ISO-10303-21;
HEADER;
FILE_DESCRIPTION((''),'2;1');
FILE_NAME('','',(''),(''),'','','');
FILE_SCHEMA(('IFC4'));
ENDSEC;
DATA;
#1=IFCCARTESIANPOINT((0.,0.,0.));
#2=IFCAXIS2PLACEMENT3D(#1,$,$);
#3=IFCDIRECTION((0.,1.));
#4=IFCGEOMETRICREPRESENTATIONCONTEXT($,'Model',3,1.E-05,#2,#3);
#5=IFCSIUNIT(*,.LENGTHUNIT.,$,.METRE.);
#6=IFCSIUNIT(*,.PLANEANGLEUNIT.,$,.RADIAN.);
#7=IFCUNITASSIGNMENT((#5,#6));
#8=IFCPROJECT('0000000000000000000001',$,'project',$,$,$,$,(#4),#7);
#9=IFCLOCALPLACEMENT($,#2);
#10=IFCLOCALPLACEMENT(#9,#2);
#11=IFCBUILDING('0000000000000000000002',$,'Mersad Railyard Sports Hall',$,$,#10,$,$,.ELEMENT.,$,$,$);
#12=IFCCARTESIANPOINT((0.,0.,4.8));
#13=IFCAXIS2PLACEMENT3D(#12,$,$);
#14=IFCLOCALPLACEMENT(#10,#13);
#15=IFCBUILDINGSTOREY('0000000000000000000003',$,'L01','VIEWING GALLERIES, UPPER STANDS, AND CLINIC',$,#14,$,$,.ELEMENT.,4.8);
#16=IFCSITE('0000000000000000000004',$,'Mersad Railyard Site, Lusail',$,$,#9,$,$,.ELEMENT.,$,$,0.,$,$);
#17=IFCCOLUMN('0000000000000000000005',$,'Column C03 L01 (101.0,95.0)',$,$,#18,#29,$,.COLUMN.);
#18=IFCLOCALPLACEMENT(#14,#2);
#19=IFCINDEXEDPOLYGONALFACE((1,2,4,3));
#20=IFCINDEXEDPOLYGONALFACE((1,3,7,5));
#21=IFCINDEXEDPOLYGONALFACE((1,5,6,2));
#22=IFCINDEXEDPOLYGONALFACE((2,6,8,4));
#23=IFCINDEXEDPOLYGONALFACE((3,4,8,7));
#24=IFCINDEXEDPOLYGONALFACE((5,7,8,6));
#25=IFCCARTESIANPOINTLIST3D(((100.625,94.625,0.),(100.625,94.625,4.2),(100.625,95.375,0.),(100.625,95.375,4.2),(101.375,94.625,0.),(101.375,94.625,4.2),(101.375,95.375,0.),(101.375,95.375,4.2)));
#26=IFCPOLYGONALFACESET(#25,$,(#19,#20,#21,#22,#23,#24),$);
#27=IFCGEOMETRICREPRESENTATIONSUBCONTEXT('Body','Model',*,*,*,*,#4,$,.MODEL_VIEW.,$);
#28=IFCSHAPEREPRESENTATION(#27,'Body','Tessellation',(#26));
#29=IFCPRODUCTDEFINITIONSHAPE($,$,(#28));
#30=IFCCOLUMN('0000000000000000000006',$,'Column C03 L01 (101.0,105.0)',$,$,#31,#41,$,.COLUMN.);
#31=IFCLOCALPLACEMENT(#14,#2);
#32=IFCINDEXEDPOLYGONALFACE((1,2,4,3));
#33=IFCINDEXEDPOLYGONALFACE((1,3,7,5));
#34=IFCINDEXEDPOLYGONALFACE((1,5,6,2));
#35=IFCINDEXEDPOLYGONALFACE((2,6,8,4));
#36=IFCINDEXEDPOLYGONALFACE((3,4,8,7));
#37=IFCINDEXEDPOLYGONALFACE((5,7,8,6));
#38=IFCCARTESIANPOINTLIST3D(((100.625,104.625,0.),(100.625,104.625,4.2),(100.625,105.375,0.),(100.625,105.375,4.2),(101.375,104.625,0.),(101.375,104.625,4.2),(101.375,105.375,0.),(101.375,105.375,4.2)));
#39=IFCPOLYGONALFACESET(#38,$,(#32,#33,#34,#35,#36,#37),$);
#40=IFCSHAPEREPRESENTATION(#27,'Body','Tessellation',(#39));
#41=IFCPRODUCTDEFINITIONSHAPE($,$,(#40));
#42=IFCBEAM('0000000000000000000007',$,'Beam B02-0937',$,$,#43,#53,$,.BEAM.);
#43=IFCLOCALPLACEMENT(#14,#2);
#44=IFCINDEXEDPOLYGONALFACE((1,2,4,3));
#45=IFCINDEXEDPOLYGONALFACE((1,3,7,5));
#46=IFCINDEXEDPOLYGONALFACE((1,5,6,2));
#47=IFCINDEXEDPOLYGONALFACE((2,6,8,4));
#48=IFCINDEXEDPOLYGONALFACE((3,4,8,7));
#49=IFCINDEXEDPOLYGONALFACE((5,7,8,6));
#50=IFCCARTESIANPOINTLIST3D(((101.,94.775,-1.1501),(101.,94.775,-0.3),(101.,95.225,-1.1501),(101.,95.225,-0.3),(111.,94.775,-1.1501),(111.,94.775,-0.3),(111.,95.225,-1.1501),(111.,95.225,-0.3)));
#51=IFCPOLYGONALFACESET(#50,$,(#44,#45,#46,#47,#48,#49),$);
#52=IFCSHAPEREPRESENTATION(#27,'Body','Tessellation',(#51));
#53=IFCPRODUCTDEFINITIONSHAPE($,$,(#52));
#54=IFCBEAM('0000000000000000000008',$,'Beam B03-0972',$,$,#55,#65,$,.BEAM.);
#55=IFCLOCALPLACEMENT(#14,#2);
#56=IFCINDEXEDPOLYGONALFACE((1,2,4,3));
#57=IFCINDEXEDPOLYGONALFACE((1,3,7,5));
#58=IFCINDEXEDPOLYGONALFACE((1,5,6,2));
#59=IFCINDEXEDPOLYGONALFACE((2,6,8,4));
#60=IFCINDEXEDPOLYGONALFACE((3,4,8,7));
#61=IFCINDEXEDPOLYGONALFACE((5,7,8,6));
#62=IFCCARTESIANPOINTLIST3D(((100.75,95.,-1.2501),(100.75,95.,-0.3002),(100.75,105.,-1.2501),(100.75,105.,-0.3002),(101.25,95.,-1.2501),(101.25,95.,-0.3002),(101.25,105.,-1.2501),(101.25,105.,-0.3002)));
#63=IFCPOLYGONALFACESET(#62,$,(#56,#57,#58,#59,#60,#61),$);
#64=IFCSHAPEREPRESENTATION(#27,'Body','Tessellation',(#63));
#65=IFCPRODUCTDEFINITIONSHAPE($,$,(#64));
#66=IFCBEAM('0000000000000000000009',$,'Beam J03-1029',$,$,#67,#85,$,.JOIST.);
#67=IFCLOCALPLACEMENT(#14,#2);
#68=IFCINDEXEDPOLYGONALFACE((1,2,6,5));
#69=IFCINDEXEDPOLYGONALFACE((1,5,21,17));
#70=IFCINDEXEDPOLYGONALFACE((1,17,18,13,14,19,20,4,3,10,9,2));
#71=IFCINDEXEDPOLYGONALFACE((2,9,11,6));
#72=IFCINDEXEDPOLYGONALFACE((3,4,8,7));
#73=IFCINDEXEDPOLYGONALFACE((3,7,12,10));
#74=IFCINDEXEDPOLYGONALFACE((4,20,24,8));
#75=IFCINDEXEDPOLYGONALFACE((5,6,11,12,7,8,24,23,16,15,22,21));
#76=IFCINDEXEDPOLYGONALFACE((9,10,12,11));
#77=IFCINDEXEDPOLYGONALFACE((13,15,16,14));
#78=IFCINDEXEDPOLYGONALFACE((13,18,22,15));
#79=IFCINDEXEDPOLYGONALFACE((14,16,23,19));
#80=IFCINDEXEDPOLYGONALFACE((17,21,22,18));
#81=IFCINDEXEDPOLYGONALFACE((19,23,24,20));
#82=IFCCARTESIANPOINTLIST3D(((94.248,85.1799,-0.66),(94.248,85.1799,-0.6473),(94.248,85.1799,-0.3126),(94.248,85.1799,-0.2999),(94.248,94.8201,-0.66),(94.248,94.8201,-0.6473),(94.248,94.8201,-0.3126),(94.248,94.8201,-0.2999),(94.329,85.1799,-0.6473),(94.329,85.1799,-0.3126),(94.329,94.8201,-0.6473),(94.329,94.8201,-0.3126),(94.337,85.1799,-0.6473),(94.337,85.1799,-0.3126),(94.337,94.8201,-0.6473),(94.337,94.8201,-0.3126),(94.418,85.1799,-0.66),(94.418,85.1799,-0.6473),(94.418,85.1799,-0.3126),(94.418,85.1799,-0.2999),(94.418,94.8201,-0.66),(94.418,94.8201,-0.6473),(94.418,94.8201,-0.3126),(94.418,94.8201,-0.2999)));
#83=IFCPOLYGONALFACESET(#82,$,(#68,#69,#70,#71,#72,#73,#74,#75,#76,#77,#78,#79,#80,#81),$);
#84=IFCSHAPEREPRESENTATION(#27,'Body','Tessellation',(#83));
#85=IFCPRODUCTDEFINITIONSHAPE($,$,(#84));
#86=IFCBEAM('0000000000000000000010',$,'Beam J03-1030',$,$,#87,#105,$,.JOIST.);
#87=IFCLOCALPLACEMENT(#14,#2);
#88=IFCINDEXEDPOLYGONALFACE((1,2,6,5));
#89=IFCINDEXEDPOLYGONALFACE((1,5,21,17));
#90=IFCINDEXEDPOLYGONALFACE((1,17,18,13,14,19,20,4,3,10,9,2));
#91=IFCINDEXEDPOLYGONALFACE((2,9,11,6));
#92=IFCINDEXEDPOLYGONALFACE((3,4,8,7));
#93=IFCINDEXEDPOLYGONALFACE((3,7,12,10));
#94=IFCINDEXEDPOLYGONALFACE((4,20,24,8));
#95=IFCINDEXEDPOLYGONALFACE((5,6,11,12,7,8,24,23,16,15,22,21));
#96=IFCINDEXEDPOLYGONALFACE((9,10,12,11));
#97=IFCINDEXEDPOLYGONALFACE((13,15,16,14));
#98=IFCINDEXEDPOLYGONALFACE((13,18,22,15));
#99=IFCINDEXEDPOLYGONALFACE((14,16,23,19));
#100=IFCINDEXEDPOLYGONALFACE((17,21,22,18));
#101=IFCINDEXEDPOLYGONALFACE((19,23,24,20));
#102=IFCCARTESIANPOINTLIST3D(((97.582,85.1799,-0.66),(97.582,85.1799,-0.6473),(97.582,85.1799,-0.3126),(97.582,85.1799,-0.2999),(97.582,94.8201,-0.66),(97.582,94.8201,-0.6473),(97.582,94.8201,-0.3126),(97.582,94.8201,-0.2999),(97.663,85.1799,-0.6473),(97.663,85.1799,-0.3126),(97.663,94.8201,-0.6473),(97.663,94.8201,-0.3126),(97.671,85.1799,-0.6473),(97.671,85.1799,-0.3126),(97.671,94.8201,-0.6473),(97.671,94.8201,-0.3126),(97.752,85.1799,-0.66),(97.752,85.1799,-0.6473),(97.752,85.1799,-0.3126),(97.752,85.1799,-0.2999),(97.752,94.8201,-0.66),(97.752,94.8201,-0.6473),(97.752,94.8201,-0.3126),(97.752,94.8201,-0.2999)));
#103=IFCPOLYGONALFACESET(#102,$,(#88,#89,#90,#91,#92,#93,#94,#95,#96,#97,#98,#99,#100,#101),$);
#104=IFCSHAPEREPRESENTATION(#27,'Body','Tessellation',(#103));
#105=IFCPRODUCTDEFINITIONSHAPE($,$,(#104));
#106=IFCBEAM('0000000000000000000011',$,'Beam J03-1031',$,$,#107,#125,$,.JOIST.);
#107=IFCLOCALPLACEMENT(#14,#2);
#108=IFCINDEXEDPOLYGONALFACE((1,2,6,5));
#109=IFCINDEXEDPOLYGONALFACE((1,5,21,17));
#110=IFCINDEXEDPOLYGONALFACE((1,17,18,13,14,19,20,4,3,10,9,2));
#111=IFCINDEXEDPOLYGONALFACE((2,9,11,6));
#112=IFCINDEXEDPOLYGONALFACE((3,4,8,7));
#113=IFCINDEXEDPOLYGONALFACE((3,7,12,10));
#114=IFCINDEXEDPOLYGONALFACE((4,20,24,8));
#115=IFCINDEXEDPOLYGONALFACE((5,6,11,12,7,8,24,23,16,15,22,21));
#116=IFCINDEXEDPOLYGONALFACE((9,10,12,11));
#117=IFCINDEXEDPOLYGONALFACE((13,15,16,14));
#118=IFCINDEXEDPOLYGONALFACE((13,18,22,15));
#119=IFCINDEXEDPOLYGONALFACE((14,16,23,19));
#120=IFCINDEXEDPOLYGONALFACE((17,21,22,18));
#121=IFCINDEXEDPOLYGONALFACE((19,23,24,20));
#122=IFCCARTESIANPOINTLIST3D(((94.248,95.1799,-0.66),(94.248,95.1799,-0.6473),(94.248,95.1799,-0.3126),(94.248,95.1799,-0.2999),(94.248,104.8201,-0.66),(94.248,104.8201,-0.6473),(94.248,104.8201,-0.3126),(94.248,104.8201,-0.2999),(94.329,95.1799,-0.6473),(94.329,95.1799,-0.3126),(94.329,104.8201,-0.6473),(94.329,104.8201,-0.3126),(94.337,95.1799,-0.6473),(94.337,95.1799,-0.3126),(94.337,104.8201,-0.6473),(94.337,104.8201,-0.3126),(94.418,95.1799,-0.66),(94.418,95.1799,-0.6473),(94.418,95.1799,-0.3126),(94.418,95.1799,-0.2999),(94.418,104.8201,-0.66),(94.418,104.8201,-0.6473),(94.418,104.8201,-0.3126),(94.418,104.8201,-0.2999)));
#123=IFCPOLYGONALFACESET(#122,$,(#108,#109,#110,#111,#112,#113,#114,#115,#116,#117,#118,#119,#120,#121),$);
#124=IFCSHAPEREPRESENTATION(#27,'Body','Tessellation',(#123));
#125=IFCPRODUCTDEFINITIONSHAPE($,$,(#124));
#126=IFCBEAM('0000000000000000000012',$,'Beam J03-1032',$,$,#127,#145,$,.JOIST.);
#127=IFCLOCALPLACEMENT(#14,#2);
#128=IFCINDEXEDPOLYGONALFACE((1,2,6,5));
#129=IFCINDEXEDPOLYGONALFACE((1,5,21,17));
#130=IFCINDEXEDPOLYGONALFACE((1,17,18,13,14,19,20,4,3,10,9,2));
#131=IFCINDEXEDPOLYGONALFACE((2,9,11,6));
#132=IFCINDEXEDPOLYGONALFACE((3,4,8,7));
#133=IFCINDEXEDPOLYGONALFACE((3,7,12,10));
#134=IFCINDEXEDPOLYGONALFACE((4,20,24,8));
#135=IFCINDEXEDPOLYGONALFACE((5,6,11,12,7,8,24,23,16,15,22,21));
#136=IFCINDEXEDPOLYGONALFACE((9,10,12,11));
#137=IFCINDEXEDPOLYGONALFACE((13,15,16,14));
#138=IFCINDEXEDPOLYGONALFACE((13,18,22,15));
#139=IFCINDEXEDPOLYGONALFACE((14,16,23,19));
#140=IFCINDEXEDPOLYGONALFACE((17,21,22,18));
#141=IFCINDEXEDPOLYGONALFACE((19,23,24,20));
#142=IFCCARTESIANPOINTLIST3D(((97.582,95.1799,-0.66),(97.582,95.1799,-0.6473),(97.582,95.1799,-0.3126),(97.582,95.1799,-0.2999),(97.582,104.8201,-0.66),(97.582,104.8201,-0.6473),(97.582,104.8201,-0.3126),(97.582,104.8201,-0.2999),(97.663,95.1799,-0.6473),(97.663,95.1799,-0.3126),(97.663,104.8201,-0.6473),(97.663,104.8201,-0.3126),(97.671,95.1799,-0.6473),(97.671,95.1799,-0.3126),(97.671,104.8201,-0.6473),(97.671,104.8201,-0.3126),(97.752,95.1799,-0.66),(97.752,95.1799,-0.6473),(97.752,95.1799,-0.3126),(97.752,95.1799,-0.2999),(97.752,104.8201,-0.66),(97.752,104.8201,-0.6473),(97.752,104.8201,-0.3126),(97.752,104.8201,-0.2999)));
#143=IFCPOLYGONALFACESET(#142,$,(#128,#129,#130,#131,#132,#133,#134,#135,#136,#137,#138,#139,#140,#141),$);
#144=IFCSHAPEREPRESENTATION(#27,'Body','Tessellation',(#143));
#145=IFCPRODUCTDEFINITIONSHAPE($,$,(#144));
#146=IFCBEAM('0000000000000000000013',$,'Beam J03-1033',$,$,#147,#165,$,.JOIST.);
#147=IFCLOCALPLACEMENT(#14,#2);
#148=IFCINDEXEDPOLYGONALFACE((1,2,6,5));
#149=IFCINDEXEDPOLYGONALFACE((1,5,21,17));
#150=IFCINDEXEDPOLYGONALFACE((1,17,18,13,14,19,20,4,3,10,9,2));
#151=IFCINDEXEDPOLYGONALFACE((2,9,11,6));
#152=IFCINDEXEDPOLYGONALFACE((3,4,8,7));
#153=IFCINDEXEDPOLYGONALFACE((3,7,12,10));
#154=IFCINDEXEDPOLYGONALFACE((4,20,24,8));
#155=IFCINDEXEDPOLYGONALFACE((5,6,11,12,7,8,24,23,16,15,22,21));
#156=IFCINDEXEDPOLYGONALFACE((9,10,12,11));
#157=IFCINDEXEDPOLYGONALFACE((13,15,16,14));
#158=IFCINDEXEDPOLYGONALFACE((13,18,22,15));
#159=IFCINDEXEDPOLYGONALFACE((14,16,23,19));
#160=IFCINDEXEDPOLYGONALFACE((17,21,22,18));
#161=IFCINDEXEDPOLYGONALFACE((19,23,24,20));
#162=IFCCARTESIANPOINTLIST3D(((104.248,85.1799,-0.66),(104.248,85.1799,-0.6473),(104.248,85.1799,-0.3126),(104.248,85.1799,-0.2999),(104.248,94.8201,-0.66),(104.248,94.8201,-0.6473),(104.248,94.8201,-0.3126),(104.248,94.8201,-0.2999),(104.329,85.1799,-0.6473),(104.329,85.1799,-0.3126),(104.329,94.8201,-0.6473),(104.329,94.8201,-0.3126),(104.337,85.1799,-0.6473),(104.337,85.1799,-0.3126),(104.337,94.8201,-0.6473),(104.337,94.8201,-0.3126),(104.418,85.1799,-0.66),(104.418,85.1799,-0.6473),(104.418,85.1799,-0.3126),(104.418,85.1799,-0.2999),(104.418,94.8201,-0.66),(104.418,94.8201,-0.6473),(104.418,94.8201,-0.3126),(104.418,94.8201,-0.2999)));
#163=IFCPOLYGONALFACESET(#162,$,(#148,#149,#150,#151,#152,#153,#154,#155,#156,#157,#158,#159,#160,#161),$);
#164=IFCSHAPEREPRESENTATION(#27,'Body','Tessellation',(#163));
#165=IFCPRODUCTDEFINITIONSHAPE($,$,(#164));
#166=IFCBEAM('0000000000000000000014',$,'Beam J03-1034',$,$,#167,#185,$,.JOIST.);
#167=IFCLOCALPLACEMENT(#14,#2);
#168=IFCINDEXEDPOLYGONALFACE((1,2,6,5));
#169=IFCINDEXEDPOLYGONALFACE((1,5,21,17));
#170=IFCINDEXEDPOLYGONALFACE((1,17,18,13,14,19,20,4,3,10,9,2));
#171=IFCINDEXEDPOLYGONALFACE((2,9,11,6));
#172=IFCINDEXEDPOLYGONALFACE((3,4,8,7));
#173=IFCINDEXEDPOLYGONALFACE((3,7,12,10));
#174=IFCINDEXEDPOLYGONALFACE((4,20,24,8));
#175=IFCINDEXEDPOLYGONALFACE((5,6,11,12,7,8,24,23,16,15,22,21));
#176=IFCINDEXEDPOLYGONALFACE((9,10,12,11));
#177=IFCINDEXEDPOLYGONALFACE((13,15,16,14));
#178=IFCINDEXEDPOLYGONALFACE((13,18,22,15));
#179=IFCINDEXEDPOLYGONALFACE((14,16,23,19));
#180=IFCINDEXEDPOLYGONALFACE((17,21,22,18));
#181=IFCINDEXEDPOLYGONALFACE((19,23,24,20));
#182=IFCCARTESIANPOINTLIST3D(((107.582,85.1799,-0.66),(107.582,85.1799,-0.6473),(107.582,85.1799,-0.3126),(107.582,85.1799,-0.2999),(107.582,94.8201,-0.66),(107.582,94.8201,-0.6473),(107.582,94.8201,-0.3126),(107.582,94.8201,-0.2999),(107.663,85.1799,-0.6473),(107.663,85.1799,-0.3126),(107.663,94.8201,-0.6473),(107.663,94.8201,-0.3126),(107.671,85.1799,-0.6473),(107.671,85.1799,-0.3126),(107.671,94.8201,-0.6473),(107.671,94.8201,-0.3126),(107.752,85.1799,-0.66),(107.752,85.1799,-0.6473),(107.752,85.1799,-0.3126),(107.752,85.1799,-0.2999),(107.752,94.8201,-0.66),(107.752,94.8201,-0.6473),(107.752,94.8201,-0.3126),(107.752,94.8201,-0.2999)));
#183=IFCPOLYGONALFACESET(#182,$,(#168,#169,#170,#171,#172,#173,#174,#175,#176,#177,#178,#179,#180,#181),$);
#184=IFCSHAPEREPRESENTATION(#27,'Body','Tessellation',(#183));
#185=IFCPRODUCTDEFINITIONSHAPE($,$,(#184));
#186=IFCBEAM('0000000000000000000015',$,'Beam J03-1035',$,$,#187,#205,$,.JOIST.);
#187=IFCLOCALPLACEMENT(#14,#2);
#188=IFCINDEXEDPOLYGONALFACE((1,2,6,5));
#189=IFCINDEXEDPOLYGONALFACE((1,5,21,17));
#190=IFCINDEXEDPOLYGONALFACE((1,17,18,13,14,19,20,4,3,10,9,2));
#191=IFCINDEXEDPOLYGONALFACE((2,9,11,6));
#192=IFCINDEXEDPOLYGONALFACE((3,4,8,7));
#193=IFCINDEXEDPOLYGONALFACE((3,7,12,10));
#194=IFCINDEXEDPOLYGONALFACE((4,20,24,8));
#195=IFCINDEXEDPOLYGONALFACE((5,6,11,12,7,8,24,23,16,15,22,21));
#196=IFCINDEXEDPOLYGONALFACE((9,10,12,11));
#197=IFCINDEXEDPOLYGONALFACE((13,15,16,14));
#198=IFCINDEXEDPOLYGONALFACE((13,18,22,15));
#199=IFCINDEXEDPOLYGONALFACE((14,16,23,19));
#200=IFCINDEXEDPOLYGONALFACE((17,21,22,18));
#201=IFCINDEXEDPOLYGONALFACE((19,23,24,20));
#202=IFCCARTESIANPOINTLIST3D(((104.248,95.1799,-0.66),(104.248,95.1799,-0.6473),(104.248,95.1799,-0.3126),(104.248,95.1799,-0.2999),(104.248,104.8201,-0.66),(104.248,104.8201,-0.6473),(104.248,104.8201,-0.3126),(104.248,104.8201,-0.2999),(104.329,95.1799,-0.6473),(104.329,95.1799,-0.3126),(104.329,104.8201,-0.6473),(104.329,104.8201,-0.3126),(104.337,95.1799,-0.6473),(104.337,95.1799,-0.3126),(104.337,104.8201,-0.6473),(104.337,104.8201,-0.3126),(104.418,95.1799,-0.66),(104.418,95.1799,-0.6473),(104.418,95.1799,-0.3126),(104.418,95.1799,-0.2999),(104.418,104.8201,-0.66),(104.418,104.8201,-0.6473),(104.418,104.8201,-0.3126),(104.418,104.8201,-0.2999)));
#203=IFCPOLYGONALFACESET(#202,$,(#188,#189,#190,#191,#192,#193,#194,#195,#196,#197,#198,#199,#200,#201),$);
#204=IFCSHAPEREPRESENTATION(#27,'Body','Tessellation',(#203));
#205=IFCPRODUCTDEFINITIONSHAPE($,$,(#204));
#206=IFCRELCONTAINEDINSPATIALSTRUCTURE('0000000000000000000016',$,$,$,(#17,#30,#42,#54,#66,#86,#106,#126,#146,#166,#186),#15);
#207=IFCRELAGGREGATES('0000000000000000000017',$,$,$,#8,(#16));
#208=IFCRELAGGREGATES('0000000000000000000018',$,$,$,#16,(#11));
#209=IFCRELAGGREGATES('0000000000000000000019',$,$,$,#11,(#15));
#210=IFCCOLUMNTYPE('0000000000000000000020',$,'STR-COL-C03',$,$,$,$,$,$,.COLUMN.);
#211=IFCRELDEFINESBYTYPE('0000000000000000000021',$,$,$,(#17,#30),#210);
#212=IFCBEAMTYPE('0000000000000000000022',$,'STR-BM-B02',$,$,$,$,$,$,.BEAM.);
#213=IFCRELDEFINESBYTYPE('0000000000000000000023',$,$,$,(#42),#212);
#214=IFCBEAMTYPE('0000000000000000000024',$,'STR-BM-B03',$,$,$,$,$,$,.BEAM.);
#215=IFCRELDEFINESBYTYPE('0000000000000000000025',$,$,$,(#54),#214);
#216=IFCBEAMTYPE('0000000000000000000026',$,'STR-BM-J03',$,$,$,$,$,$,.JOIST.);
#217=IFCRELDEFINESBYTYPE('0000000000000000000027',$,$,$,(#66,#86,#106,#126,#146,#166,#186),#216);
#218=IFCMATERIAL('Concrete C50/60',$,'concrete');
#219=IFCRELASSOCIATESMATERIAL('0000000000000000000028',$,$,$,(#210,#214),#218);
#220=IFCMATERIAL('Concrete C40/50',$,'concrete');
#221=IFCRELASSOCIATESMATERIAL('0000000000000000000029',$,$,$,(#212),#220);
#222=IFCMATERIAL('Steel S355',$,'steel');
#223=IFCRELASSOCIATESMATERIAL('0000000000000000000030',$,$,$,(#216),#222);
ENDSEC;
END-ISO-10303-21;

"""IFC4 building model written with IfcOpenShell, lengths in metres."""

from ifc_helpers import new_model, si_unit, direction, frame, origin, origin_2d, place, context, subcontext, project, spatial, rectangle, i_section, extrude, material, material_profile, profile_set, type_object, element, save


model = new_model("IFC4")

# Units and contexts
model_context = context("Model", 3, precision=1e-05, world=origin(), true_north=direction((0.0, 1.0)))
body_context = subcontext(model_context, "Body", "Model", "MODEL_VIEW")
ifc_project = project(units=[si_unit("LENGTHUNIT", "METRE"), si_unit("PLANEANGLEUNIT", "RADIAN")], contexts=[model_context])

# Site, building, storey
site_placement = place(None, origin())
site = spatial("IfcSite", under=ifc_project, at=site_placement, Name="Mersad Railyard Site, Lusail", CompositionType="ELEMENT", RefElevation=0.0)
building_placement = place(site_placement, origin())
building = spatial("IfcBuilding", under=site, at=building_placement, Name="Mersad Railyard Sports Hall", CompositionType="ELEMENT")
storey_placement = place(building_placement, frame((0.0, 0.0, 4.8)))
storey = spatial("IfcBuildingStorey", under=building, at=storey_placement, Name="L01", Description="VIEWING GALLERIES, UPPER STANDS, AND CLINIC", CompositionType="ELEMENT", Elevation=4.8)

# Columns
ifc_material_1 = material(Name="Concrete C50/60", Category="concrete")
ifc_material_profile_1 = material_profile(ifc_material_1, rectangle(XDim=0.75, YDim=0.75, at=origin_2d()), Name="RC 750x750")
ifc_profile_set_1 = profile_set([ifc_material_profile_1], Name="Concrete C50/60")
column_type = type_object("IfcColumnType", Name="STR-COL-C03", PredefinedType="COLUMN", material=ifc_profile_set_1)
for number, where, z_axis, x_axis, name in (
    (1, (101.0, 95.0, 0.0), (0.0, 0.0, 1.0), (1.0, 0.0, 0.0), "Column C03 L01 (101.0,95.0)"),
    (2, (101.0, 105.0, 0.0), (0.0, 0.0, 1.0), (1.0, 0.0, 0.0), "Column C03 L01 (101.0,105.0)"),
):
    element("IfcColumn", number, at=place(storey_placement, frame(where, z_axis=z_axis, x_axis=x_axis)), inside=storey, type_object=column_type, Name=name, PredefinedType="COLUMN", context=body_context, shape_type="SweptSolid", body=[
        extrude(rectangle(XDim=0.75, YDim=0.75, at=origin_2d()), origin(), (0.0, 0.0, 1.0), 4.2),
    ])

# Beams
ifc_material_2 = material(Name="Concrete C40/50", Category="concrete")
ifc_material_profile_2 = material_profile(ifc_material_2, rectangle(XDim=0.45, YDim=0.8501, at=origin_2d()), Name="RC 450x850")
ifc_profile_set_2 = profile_set([ifc_material_profile_2], Name="Concrete C40/50")
beam_type_1 = type_object("IfcBeamType", Name="STR-BM-B02", PredefinedType="BEAM", material=ifc_profile_set_2)
beam_1_placement = place(storey_placement, frame((101.0, 95.0, -0.7251), z_axis=(1.0, 0.0, 0.0), x_axis=(0.0, 1.0, 0.0)))
element("IfcBeam", 3, at=beam_1_placement, inside=storey, type_object=beam_type_1, Name="Beam B02-0937", PredefinedType="BEAM", context=body_context, shape_type="SweptSolid", body=[
    extrude(rectangle(XDim=0.45, YDim=0.8501, at=origin_2d()), origin(), (0.0, 0.0, 1.0), 10.0),
])
ifc_material_profile_3 = material_profile(ifc_material_1, rectangle(XDim=0.5, YDim=0.95, at=origin_2d()), Name="RC 500x950")
ifc_profile_set_3 = profile_set([ifc_material_profile_3], Name="Concrete C50/60")
beam_type_2 = type_object("IfcBeamType", Name="STR-BM-B03", PredefinedType="BEAM", material=ifc_profile_set_3)
beam_2_placement = place(storey_placement, frame((101.0, 95.0, -0.7751), z_axis=(0.0, 1.0, 0.0), x_axis=(-1.0, 0.0, 0.0)))
element("IfcBeam", 4, at=beam_2_placement, inside=storey, type_object=beam_type_2, Name="Beam B03-0972", PredefinedType="BEAM", context=body_context, shape_type="SweptSolid", body=[
    extrude(rectangle(XDim=0.5, YDim=0.95, at=origin_2d()), origin(), (0.0, 0.0, 1.0), 10.0),
])
ifc_material_3 = material(Name="Steel S355", Category="steel")
ifc_material_profile_4 = material_profile(ifc_material_3, i_section(OverallWidth=0.1699, OverallDepth=0.3601, WebThickness=0.0081, FlangeThickness=0.0127, at=origin_2d()), Name="IPE 360")
ifc_profile_set_4 = profile_set([ifc_material_profile_4], Name="Steel S355")
beam_type_3 = type_object("IfcBeamType", Name="STR-BM-J03", PredefinedType="JOIST", material=ifc_profile_set_4)
for number, where, z_axis, x_axis, name in (
    (5, (94.333, 85.1799, -0.48), (0.0, 1.0, 0.0), (-1.0, 0.0, 0.0), "Beam J03-1029"),
    (6, (97.667, 85.1799, -0.48), (0.0, 1.0, 0.0), (-1.0, 0.0, 0.0), "Beam J03-1030"),
    (7, (94.333, 95.1799, -0.48), (0.0, 1.0, 0.0), (-1.0, 0.0, 0.0), "Beam J03-1031"),
    (8, (97.667, 95.1799, -0.48), (0.0, 1.0, 0.0), (-1.0, 0.0, 0.0), "Beam J03-1032"),
    (9, (104.333, 85.1799, -0.48), (0.0, 1.0, 0.0), (-1.0, 0.0, 0.0), "Beam J03-1033"),
    (10, (107.667, 85.1799, -0.48), (0.0, 1.0, 0.0), (-1.0, 0.0, 0.0), "Beam J03-1034"),
    (11, (104.333, 95.1799, -0.48), (0.0, 1.0, 0.0), (-1.0, 0.0, 0.0), "Beam J03-1035"),
):
    element("IfcBeam", number, at=place(storey_placement, frame(where, z_axis=z_axis, x_axis=x_axis)), inside=storey, type_object=beam_type_3, Name=name, PredefinedType="JOIST", context=body_context, shape_type="SweptSolid", body=[
        extrude(i_section(OverallWidth=0.1699, OverallDepth=0.3601, WebThickness=0.0081, FlangeThickness=0.0127, at=origin_2d()), origin(), (0.0, 0.0, 1.0), 9.6401),
    ])

save(model, "model.ifc")
